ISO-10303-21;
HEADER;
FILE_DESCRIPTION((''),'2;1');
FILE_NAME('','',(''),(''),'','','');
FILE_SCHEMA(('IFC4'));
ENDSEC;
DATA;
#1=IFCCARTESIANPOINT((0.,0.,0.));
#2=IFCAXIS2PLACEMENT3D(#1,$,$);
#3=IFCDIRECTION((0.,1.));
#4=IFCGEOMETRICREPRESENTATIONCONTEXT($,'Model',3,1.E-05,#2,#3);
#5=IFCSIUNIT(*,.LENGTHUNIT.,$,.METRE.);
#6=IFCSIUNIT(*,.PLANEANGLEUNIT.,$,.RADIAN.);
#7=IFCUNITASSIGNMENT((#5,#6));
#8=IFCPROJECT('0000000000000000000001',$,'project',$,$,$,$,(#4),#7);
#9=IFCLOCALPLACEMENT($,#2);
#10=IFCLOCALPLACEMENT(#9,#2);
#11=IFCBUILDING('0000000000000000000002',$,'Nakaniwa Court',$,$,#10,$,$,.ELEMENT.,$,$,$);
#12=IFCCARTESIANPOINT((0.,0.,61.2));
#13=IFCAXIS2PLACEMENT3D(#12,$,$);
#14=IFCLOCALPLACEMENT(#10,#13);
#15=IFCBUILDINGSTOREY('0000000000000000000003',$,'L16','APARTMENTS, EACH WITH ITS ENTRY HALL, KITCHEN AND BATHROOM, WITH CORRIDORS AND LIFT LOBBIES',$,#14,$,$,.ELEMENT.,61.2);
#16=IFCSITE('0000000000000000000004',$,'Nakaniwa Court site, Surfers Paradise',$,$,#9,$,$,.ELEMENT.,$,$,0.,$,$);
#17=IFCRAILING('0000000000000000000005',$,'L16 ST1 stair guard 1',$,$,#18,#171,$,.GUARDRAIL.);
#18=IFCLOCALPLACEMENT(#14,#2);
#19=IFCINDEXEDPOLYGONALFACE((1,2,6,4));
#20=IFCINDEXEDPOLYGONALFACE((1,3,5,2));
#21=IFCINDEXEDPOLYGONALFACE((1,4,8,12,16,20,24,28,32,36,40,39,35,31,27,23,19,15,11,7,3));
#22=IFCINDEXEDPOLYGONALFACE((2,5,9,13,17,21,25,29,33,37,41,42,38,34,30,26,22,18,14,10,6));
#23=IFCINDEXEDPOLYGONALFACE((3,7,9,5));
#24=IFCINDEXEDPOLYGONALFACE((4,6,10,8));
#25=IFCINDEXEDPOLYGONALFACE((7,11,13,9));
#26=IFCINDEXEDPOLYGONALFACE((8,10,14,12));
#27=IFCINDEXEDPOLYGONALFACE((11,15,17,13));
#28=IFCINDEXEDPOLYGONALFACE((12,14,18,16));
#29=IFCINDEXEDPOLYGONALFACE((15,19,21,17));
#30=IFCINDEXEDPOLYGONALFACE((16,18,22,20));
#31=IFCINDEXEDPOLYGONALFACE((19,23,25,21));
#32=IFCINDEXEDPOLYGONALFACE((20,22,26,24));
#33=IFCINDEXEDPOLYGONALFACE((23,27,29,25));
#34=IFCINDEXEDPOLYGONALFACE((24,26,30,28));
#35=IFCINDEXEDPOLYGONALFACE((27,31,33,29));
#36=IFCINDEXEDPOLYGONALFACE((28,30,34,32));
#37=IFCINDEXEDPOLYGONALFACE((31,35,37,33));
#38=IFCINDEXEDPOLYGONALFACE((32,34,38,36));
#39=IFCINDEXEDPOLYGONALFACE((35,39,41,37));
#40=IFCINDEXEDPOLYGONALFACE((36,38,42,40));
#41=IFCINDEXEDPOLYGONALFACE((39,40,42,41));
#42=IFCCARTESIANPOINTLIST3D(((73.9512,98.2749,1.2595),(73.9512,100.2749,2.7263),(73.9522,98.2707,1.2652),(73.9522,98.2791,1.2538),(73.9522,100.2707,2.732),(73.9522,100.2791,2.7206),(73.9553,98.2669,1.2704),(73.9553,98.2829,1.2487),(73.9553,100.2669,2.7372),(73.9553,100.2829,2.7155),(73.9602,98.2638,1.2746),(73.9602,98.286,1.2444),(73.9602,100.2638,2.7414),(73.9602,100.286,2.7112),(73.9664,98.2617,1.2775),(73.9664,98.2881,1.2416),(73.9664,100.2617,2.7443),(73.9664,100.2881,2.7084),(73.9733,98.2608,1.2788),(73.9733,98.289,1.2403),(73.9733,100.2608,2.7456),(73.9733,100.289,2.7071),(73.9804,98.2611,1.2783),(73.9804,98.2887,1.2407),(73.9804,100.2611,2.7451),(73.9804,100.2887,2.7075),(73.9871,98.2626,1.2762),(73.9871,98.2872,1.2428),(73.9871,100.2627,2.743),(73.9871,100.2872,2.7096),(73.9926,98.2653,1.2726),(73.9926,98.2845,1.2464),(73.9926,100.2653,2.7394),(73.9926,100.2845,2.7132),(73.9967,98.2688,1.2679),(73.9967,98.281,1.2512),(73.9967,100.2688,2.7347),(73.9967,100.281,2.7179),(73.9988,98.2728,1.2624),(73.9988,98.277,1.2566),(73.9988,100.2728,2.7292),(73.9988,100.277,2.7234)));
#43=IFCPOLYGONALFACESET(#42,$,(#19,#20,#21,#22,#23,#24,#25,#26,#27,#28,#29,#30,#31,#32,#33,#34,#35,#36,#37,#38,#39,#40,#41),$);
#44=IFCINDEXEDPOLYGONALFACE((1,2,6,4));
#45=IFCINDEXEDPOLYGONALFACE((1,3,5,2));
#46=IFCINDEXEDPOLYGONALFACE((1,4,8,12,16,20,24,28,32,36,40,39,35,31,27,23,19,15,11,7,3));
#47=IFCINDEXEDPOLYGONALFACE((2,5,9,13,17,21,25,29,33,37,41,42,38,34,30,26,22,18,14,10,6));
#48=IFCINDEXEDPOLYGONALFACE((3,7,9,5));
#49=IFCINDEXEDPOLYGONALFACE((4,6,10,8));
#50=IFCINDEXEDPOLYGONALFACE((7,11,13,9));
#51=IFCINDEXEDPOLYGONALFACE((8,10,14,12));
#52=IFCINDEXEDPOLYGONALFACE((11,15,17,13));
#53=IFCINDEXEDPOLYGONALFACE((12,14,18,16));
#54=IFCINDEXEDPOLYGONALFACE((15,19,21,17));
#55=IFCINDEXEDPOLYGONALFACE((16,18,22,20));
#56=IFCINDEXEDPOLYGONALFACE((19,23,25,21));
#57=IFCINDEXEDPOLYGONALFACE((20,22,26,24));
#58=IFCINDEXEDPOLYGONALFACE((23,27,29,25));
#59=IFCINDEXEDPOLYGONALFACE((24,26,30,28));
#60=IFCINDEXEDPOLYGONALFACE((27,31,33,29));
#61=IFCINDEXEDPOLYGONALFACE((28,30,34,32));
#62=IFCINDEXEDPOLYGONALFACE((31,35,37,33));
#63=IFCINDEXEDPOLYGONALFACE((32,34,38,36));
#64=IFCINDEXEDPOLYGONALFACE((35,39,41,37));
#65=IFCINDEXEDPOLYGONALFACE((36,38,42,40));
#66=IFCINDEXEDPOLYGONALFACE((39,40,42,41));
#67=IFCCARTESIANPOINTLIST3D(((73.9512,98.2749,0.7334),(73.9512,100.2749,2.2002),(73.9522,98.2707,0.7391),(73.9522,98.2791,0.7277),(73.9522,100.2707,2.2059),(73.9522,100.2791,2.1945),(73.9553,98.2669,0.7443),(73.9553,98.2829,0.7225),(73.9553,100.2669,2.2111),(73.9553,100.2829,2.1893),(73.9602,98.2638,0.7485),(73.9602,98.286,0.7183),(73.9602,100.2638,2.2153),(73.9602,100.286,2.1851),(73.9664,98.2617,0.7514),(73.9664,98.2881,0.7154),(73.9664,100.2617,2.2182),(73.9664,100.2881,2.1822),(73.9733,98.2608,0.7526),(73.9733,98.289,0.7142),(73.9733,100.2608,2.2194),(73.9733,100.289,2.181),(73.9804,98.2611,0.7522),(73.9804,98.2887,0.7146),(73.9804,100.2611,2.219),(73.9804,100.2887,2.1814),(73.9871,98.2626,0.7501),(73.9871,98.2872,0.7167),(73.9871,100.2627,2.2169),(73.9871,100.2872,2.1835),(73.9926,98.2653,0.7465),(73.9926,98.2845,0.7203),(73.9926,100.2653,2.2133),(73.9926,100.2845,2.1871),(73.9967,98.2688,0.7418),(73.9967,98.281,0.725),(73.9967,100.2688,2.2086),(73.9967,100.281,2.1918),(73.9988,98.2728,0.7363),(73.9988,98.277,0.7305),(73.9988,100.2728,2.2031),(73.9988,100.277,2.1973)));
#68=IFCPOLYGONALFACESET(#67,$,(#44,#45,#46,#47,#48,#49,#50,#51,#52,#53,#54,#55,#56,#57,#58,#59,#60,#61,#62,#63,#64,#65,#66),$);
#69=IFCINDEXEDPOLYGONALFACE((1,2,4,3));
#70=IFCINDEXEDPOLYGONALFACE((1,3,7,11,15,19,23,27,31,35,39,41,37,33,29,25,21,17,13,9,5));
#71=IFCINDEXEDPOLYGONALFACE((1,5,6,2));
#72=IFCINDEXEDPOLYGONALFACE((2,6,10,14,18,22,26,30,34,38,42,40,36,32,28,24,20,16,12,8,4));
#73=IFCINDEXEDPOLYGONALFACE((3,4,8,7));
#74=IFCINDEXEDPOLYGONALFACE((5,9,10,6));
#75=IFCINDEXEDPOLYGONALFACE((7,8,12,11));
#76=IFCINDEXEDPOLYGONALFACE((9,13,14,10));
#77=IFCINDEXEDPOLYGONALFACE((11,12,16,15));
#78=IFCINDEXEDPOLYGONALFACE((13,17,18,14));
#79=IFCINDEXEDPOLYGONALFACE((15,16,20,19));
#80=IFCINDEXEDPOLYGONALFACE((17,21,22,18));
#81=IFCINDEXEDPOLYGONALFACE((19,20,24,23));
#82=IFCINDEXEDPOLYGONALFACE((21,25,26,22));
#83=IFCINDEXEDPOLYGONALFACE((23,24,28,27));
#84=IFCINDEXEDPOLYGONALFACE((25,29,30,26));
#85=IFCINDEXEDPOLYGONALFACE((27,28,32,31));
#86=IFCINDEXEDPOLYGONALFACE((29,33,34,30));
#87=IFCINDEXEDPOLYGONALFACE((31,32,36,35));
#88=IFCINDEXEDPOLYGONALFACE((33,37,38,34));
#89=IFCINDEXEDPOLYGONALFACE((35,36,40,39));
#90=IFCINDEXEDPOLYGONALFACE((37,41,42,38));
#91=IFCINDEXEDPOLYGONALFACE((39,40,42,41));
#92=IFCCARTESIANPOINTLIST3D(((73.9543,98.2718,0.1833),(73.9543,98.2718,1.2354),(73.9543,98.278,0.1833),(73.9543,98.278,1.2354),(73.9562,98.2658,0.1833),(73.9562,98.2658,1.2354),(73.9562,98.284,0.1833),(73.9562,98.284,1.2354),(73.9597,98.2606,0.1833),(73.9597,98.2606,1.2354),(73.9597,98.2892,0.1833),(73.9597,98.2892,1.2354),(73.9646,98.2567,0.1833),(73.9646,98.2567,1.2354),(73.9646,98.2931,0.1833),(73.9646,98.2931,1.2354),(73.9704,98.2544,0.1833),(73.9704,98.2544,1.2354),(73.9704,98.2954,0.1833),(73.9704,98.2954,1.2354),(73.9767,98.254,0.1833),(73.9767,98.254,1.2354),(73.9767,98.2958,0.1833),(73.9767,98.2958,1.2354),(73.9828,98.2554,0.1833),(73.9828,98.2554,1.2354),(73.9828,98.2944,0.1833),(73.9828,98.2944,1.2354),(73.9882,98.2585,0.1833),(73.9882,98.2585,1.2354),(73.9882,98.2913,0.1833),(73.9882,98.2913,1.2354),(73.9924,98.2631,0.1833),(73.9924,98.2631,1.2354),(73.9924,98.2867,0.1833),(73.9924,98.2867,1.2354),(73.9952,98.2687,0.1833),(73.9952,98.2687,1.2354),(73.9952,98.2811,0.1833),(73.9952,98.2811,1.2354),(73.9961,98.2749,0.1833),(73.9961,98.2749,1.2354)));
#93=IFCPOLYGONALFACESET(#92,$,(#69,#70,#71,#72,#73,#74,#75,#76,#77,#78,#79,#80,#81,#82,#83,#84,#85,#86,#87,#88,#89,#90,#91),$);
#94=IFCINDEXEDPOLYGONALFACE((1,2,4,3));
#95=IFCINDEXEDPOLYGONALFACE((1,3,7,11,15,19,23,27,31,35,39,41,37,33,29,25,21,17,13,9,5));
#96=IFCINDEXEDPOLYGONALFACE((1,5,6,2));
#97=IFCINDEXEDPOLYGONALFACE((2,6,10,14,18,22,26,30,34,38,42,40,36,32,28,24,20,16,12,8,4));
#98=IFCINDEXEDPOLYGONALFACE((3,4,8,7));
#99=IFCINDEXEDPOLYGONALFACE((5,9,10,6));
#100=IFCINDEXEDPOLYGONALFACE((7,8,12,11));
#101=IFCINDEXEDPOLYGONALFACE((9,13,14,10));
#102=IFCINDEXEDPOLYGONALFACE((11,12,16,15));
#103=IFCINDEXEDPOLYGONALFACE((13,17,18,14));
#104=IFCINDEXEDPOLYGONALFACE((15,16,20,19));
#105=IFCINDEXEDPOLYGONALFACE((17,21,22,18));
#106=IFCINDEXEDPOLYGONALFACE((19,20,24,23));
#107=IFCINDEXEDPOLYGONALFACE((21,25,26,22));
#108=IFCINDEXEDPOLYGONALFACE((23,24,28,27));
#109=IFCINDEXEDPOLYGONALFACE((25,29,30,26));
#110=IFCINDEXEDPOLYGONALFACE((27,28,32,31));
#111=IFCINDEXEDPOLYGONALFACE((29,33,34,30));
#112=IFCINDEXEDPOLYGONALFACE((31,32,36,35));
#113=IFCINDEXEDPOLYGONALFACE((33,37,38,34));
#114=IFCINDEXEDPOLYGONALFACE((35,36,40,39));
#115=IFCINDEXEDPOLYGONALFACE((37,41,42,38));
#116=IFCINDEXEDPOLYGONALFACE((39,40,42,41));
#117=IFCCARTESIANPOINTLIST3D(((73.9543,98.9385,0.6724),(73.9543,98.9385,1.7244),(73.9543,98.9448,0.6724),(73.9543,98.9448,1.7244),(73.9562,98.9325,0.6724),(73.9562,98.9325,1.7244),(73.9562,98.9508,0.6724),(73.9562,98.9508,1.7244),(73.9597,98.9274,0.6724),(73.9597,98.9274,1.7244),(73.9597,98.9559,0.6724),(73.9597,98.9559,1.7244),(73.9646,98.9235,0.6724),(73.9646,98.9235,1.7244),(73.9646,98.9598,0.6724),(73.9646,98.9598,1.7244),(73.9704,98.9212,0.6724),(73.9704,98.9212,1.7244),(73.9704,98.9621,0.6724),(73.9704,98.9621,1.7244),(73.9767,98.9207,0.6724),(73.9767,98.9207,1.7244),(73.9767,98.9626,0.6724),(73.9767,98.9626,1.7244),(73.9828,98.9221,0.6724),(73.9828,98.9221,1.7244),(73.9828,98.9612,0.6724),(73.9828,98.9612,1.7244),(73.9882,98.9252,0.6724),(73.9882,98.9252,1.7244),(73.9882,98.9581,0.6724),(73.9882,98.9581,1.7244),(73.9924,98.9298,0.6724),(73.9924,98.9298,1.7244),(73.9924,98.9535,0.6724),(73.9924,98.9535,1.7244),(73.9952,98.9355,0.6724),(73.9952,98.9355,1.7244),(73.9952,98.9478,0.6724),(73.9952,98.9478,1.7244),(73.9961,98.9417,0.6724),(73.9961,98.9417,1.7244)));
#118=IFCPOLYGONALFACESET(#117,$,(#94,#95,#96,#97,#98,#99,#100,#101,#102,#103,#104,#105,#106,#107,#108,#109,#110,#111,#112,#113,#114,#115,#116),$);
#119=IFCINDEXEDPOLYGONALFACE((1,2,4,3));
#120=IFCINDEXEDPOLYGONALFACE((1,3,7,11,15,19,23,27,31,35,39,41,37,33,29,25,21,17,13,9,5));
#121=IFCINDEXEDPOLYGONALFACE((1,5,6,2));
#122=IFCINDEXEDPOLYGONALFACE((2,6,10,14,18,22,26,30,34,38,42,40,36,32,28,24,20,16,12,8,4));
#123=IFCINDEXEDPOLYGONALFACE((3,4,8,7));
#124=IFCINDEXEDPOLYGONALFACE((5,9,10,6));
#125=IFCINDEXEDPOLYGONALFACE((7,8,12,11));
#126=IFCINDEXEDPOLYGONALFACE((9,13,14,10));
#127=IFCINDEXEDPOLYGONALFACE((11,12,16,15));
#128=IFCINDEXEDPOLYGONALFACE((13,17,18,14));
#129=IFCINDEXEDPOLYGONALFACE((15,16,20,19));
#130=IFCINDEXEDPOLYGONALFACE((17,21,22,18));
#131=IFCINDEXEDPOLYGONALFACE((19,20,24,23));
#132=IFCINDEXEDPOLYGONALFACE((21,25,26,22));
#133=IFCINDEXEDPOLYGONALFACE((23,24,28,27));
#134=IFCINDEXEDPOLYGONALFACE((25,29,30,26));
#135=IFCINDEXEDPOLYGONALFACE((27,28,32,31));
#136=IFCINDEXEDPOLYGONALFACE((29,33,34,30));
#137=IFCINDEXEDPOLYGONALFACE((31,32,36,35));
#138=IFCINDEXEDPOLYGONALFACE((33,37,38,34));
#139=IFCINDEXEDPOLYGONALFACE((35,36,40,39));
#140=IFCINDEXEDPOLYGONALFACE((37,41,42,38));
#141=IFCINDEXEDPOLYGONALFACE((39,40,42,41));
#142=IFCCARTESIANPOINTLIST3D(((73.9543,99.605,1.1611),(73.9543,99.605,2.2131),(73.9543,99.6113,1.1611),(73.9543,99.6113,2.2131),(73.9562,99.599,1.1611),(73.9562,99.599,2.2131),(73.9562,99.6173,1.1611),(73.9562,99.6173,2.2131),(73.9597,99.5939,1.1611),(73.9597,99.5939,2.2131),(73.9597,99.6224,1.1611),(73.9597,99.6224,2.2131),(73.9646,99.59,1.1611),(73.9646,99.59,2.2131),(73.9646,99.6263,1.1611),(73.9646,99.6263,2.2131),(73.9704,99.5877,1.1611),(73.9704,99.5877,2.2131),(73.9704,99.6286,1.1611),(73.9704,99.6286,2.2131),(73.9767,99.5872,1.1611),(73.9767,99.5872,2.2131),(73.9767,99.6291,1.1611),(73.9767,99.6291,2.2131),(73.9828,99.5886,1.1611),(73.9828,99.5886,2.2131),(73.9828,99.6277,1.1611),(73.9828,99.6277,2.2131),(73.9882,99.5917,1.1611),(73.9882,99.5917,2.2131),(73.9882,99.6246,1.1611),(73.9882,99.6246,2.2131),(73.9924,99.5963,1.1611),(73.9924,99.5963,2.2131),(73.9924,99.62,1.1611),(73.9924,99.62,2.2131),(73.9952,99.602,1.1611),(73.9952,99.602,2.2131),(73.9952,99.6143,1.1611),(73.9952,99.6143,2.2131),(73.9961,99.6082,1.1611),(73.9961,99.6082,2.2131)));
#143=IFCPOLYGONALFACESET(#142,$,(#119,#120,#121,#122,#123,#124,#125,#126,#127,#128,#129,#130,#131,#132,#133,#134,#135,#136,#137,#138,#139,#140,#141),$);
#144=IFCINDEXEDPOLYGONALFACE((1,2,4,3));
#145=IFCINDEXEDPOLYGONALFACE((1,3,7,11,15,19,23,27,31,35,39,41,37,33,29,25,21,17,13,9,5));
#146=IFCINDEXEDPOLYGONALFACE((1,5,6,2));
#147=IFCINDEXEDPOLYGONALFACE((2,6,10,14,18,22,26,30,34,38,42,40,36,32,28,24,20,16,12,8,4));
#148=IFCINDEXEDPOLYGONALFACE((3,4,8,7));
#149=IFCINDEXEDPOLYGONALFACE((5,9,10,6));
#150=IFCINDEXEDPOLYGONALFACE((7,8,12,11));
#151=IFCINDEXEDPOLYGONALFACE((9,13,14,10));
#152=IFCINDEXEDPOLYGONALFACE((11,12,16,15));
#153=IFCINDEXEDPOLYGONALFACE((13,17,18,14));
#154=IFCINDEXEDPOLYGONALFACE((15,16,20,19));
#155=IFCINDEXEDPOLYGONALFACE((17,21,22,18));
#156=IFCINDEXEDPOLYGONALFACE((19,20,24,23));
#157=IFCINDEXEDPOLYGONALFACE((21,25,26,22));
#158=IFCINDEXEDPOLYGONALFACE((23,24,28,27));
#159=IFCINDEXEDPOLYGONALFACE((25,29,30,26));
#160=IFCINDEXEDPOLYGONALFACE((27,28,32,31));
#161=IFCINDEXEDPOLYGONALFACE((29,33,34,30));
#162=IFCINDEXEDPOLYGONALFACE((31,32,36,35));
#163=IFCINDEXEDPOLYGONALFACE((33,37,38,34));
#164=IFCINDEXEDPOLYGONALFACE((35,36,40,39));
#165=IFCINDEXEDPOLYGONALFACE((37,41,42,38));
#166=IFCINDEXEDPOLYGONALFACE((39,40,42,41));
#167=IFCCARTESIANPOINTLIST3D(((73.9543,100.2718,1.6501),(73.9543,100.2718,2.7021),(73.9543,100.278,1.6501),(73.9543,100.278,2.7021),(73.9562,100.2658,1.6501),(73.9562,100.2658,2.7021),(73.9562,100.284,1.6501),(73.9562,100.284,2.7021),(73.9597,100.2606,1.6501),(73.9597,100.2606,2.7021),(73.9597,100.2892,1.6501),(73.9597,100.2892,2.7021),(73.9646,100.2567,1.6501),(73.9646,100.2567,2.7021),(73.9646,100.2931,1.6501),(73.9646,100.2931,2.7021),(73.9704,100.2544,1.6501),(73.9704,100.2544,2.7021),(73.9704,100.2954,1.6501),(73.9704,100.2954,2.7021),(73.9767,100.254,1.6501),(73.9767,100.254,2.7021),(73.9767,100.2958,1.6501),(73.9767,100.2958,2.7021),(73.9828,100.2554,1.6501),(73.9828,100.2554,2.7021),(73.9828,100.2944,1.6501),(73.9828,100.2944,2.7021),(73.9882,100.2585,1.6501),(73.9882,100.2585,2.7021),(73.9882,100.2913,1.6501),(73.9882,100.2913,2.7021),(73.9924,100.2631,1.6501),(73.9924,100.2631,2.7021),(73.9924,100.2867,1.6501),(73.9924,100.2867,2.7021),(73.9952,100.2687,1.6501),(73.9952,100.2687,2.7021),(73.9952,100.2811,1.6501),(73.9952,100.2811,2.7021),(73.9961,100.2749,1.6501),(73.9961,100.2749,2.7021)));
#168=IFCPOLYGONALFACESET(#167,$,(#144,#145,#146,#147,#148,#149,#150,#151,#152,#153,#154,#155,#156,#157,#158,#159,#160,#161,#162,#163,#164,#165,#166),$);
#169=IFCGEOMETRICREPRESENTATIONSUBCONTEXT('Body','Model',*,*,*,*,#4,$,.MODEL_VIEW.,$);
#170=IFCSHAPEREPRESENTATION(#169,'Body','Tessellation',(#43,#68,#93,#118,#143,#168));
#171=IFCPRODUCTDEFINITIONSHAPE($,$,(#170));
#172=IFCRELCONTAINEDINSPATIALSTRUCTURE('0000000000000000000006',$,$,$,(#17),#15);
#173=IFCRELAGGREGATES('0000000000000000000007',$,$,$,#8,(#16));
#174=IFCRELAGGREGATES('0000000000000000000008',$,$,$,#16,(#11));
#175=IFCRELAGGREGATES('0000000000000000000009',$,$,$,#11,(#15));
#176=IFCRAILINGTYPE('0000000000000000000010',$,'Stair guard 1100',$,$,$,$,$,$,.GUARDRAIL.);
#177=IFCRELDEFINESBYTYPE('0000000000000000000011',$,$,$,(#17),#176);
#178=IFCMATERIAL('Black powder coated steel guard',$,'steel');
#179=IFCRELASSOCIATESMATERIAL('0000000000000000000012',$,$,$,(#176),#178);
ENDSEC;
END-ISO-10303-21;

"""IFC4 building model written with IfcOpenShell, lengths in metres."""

from ifc_helpers import new_model, si_unit, direction, frame, origin, origin_2d, place, context, subcontext, project, spatial, circle, extrude, material, type_object, element, save


model = new_model("IFC4")

# Units and contexts
model_context = context("Model", 3, precision=1e-05, world=origin(), true_north=direction((0.0, 1.0)))
body_context = subcontext(model_context, "Body", "Model", "MODEL_VIEW")
ifc_project = project(units=[si_unit("LENGTHUNIT", "METRE"), si_unit("PLANEANGLEUNIT", "RADIAN")], contexts=[model_context])

# Site, building, storey
site_placement = place(None, origin())
site = spatial("IfcSite", under=ifc_project, at=site_placement, Name="Nakaniwa Court site, Surfers Paradise", CompositionType="ELEMENT", RefElevation=0.0)
building_placement = place(site_placement, origin())
building = spatial("IfcBuilding", under=site, at=building_placement, Name="Nakaniwa Court", CompositionType="ELEMENT")
storey_placement = place(building_placement, frame((0.0, 0.0, 61.2)))
storey = spatial("IfcBuildingStorey", under=building, at=storey_placement, Name="L16", Description="APARTMENTS, EACH WITH ITS ENTRY HALL, KITCHEN AND BATHROOM, WITH CORRIDORS AND LIFT LOBBIES", CompositionType="ELEMENT", Elevation=61.2)

# Railing
ifc_material_1 = material(Name="Black powder coated steel guard", Category="steel")
railing_type_1 = type_object("IfcRailingType", Name="Stair guard 1100", PredefinedType="GUARDRAIL", material=ifc_material_1)
railing_1_placement = place(storey_placement, frame((73.9751, 98.2749, 0.1833)))
element("IfcRailing", 1, at=railing_1_placement, inside=storey, type_object=railing_type_1, Name="L16 ST1 stair guard 1", PredefinedType="GUARDRAIL", context=body_context, shape_type="SweptSolid", body=[
    extrude(circle(Radius=0.0239, at=origin_2d()), frame((0.0, 0.0, 1.0762), z_axis=(0.0, 0.80638, 0.591398), x_axis=(-1.0, 0.0, 0.0)), (0.0, 0.0, 1.0), 2.4802),
    extrude(circle(Radius=0.0239, at=origin_2d()), frame((0.0, 0.0, 0.55), z_axis=(0.0, 0.80638, 0.591398), x_axis=(-1.0, 0.0, 0.0)), (0.0, 0.0, 1.0), 2.4802),
    extrude(circle(Radius=0.021, at=origin_2d()), origin(), (0.0, 0.0, 1.0), 1.052),
    extrude(circle(Radius=0.021, at=origin_2d()), frame((0.0, 0.6667, 0.489)), (0.0, 0.0, 1.0), 1.052),
    extrude(circle(Radius=0.021, at=origin_2d()), frame((0.0, 1.3333, 0.9778)), (0.0, 0.0, 1.0), 1.052),
    extrude(circle(Radius=0.021, at=origin_2d()), frame((0.0, 2.0, 1.4668)), (0.0, 0.0, 1.0), 1.052),
])

save(model, "model.ifc")
